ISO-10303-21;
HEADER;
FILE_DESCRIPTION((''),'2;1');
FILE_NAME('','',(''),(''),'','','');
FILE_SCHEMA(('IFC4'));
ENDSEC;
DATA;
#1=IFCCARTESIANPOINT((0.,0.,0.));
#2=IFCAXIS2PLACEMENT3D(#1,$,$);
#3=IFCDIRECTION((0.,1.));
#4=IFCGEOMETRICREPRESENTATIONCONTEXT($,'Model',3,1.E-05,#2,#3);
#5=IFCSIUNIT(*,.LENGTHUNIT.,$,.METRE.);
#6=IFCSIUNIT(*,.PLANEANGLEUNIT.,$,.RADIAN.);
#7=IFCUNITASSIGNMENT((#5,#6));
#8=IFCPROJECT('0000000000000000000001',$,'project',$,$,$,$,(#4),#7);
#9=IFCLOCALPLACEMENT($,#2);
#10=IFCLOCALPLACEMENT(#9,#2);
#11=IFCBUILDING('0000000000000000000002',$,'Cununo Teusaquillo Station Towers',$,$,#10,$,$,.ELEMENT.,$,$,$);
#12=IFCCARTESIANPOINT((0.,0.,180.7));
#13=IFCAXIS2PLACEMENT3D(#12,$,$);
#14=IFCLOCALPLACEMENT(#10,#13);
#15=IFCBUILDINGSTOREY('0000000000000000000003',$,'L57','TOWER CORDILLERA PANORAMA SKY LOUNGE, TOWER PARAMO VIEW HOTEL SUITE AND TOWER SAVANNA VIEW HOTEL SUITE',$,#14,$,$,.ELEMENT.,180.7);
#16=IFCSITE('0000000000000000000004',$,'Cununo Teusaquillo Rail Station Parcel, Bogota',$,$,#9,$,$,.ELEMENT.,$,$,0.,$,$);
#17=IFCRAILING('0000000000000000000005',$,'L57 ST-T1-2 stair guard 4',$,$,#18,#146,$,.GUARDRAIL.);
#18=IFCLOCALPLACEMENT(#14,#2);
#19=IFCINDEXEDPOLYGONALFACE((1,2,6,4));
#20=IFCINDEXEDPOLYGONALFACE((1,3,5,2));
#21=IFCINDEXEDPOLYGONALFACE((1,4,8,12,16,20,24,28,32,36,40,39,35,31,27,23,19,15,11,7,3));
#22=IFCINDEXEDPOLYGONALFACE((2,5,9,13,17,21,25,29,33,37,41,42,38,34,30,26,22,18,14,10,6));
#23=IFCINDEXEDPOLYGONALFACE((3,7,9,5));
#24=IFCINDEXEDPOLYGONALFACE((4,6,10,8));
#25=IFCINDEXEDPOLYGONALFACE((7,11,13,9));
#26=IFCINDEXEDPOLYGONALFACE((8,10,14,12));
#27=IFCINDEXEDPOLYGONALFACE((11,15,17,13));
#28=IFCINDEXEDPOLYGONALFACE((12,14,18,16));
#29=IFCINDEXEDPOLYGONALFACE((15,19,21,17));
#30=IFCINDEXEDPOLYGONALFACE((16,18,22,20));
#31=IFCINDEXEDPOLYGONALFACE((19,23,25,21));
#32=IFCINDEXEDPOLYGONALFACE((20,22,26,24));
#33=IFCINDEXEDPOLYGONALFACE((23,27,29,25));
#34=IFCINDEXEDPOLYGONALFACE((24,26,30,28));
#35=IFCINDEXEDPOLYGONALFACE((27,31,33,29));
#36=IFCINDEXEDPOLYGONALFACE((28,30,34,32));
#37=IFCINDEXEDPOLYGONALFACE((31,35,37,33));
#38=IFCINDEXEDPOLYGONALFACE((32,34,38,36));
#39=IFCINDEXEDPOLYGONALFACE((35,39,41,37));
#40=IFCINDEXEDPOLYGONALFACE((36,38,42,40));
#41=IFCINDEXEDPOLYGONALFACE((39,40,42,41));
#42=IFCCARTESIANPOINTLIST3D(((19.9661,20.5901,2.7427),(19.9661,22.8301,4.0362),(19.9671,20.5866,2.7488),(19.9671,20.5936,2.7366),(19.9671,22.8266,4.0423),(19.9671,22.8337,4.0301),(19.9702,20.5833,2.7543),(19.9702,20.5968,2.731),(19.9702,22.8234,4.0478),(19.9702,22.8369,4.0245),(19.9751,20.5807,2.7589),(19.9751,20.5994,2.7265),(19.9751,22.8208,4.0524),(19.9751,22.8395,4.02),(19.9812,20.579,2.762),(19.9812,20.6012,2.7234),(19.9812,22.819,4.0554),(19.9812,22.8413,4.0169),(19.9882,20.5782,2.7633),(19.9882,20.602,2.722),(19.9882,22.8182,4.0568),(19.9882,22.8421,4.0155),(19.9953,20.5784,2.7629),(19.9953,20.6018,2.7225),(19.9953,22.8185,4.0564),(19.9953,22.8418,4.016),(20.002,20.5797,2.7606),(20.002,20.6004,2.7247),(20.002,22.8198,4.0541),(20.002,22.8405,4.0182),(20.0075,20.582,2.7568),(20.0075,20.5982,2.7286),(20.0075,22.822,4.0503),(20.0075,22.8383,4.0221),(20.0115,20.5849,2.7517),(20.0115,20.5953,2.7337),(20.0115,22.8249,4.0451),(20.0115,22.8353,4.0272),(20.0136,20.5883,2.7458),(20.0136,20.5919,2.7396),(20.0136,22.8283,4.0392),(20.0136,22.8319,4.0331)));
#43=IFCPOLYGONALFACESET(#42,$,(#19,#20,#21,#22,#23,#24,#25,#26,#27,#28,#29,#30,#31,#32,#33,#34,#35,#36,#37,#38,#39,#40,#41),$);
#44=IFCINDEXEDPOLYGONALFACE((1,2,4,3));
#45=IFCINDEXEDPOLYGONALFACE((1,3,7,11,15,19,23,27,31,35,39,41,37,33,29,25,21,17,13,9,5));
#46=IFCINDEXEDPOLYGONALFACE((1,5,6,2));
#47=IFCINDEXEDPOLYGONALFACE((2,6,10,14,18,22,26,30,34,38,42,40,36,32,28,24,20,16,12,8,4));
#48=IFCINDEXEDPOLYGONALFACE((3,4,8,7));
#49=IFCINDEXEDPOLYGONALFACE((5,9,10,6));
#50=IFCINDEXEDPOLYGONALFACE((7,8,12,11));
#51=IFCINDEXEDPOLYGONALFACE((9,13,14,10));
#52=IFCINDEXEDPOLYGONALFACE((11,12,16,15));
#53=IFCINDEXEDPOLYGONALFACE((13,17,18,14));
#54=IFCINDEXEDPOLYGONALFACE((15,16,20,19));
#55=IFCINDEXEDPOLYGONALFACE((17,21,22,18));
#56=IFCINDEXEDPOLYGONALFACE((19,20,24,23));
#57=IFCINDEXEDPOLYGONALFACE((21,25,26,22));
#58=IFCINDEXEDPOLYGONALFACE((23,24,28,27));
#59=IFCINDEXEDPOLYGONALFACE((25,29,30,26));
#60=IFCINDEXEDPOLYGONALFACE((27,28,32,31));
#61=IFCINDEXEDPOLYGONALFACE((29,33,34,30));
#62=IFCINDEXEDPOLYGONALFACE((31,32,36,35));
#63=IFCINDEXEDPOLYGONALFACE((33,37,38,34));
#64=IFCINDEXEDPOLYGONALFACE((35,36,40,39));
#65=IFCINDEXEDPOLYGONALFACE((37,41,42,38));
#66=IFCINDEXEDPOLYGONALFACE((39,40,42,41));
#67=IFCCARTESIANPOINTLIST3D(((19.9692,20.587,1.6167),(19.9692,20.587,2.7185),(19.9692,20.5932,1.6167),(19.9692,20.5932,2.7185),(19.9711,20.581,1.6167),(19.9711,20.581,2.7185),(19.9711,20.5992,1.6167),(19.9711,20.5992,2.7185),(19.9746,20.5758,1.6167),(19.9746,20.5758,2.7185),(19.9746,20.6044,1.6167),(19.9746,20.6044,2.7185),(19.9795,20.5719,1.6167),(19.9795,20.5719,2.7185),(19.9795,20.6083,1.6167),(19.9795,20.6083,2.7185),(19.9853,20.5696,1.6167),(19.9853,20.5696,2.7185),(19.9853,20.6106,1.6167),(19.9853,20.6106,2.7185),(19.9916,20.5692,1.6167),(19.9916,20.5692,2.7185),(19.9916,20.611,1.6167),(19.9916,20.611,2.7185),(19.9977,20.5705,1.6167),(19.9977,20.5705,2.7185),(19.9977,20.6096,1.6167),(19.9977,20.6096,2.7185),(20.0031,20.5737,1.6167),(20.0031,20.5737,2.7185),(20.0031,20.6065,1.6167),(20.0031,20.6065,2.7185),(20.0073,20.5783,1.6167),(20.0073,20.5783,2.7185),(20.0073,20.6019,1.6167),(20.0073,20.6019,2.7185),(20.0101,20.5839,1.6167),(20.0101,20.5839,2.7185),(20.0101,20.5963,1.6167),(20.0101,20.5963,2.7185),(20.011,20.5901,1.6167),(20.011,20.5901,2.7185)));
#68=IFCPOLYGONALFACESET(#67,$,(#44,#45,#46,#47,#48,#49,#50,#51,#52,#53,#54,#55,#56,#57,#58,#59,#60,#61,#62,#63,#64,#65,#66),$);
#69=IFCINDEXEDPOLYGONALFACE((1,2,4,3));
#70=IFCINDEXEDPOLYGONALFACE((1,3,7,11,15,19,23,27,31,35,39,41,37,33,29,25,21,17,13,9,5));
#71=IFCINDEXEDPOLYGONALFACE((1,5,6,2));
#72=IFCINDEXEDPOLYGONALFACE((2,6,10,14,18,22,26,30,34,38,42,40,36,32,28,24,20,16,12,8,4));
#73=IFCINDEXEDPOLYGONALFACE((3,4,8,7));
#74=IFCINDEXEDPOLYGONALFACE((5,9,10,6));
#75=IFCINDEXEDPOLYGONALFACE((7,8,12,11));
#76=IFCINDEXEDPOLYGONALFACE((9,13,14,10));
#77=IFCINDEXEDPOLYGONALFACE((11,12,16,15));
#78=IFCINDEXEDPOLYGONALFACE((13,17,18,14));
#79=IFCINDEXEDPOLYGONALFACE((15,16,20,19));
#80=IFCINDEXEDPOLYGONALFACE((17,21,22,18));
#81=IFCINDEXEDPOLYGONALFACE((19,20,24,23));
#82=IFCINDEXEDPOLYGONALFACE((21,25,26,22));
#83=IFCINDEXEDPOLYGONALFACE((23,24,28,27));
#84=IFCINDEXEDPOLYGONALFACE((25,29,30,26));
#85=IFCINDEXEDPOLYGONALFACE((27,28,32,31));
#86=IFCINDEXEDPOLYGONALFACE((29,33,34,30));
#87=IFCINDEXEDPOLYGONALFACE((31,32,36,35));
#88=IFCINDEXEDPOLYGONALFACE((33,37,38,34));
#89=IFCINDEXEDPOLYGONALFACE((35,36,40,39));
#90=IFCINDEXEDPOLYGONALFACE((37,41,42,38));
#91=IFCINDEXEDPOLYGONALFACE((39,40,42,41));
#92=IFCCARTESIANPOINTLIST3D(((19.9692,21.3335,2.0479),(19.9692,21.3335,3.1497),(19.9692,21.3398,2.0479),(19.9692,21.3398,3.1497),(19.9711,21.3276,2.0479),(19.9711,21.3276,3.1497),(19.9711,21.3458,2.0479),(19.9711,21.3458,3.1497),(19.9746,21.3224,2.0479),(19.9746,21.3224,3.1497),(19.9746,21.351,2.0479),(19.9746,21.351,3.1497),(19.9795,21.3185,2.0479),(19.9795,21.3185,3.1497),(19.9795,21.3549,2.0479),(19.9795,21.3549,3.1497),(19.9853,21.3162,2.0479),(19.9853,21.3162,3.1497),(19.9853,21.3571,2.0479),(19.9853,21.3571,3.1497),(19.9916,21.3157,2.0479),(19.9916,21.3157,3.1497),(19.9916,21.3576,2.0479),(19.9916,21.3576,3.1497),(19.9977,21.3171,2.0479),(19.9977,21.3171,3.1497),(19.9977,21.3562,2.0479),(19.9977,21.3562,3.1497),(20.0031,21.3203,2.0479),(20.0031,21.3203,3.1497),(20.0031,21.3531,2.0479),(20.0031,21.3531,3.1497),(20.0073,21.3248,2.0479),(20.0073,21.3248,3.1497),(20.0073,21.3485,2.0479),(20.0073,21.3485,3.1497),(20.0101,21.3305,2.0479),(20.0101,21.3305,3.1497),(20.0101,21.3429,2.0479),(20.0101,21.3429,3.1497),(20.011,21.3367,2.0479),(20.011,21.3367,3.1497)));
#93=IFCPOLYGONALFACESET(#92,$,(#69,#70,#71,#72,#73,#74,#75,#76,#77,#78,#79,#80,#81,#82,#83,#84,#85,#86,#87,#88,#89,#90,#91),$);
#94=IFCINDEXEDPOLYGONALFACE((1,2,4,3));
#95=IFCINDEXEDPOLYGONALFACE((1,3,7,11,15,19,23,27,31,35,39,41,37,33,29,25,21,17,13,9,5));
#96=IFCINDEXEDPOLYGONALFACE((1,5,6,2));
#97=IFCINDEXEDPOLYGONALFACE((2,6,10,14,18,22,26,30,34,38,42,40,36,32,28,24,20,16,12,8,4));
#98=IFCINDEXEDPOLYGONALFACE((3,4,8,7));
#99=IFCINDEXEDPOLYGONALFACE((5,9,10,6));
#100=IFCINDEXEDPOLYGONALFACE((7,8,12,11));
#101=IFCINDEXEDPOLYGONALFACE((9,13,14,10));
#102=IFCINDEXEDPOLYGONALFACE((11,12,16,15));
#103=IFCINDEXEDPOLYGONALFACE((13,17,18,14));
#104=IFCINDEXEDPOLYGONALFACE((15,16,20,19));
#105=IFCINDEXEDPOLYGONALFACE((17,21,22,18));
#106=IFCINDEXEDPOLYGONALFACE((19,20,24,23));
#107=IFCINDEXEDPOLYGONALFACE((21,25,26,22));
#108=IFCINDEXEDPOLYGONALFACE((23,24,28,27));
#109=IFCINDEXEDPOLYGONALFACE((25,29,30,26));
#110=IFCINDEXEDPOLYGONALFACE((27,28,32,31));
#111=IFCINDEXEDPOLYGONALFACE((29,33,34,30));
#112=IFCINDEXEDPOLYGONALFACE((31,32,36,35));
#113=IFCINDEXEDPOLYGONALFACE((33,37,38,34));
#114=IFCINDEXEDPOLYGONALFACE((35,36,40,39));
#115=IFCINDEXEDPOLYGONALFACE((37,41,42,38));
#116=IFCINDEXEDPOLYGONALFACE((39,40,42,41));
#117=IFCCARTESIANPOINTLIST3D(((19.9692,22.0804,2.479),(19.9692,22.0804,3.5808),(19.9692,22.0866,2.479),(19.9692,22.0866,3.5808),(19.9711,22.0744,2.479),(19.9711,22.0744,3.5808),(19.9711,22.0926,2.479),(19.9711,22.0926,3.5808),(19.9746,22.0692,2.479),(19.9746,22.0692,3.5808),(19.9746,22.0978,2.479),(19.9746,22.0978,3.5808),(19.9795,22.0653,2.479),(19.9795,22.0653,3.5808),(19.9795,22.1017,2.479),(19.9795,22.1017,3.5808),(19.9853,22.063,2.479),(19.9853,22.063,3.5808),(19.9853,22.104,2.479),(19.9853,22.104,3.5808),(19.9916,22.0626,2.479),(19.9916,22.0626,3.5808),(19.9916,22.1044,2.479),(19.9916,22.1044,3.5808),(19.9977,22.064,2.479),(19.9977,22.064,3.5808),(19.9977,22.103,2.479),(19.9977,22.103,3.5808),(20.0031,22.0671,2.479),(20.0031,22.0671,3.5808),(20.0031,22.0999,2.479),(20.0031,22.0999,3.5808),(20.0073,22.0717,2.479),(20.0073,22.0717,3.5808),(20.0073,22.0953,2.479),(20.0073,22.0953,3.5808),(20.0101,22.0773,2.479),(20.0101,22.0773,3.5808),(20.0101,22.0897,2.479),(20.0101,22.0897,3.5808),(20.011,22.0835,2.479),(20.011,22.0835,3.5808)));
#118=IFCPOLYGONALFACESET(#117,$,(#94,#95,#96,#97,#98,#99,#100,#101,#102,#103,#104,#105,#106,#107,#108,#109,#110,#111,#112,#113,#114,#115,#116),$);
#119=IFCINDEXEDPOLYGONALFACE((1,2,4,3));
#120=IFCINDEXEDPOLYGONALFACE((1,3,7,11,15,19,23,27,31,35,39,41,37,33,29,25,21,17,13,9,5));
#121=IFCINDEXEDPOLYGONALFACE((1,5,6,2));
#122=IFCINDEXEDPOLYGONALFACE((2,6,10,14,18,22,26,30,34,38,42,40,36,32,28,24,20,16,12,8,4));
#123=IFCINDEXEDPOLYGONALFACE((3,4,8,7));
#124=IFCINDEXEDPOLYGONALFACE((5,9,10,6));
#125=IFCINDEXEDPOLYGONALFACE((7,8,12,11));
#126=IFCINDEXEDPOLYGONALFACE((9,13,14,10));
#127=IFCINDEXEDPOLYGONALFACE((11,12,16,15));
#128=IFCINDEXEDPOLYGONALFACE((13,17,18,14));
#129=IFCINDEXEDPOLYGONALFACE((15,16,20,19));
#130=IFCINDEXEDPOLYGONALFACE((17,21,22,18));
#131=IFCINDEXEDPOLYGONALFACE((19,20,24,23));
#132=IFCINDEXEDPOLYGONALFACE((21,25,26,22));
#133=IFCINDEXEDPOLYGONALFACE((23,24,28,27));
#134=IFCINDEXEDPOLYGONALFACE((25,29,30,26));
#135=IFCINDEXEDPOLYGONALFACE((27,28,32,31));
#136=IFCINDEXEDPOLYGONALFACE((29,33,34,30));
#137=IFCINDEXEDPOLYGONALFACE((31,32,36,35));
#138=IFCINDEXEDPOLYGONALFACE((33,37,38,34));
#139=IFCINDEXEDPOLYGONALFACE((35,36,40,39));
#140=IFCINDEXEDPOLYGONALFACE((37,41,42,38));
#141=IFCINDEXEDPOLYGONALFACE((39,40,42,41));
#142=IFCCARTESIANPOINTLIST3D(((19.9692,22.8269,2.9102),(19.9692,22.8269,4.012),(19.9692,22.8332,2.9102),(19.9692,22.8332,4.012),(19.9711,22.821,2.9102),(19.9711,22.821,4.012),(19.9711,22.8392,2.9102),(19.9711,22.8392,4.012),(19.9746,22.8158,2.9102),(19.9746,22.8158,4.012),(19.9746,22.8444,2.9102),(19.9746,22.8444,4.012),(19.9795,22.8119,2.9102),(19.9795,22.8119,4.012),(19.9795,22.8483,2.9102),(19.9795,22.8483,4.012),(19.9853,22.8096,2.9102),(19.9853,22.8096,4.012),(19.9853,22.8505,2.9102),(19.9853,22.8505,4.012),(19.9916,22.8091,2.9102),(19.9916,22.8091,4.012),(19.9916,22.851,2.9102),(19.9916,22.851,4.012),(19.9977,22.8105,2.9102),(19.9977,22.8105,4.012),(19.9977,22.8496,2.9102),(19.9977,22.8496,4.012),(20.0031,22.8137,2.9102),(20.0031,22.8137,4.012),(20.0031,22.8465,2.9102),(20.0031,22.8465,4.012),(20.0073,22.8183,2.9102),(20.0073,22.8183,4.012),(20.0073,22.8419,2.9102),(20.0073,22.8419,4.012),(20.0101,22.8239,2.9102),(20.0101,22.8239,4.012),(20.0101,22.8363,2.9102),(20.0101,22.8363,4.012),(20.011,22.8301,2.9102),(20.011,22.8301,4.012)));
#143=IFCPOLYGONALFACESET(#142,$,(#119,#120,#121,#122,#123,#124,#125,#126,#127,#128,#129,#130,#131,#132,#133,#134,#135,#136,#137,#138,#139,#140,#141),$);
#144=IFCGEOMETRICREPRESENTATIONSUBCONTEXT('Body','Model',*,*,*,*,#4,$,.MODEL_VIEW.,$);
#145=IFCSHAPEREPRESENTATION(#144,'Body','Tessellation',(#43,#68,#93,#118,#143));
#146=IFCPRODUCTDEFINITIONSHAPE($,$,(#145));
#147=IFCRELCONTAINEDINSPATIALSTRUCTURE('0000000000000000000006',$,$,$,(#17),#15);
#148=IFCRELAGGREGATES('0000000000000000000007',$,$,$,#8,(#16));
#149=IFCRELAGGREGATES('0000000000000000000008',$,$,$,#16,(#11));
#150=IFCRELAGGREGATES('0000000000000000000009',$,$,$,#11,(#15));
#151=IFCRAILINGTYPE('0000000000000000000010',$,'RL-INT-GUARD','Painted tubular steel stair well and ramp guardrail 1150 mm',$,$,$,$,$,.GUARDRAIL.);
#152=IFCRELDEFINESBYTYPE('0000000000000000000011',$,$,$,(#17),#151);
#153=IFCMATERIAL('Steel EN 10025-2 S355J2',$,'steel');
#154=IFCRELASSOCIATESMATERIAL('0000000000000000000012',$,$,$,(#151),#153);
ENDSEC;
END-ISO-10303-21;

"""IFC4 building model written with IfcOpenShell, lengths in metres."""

from ifc_helpers import new_model, si_unit, direction, frame, origin, origin_2d, place, context, subcontext, project, spatial, circle, extrude, material, type_object, element, save


model = new_model("IFC4")

# Units and contexts
model_context = context("Model", 3, precision=1e-05, world=origin(), true_north=direction((0.0, 1.0)))
body_context = subcontext(model_context, "Body", "Model", "MODEL_VIEW")
ifc_project = project(units=[si_unit("LENGTHUNIT", "METRE"), si_unit("PLANEANGLEUNIT", "RADIAN")], contexts=[model_context])

# Site, building, storey
site_placement = place(None, origin())
site = spatial("IfcSite", under=ifc_project, at=site_placement, Name="Cununo Teusaquillo Rail Station Parcel, Bogota", CompositionType="ELEMENT", RefElevation=0.0)
building_placement = place(site_placement, origin())
building = spatial("IfcBuilding", under=site, at=building_placement, Name="Cununo Teusaquillo Station Towers", CompositionType="ELEMENT")
storey_placement = place(building_placement, frame((0.0, 0.0, 180.7)))
storey = spatial("IfcBuildingStorey", under=building, at=storey_placement, Name="L57", Description="TOWER CORDILLERA PANORAMA SKY LOUNGE, TOWER PARAMO VIEW HOTEL SUITE AND TOWER SAVANNA VIEW HOTEL SUITE", CompositionType="ELEMENT", Elevation=180.7)

# Railing
ifc_material_1 = material(Name="Steel EN 10025-2 S355J2", Category="steel")
railing_type_1 = type_object("IfcRailingType", Name="RL-INT-GUARD", Description="Painted tubular steel stair well and ramp guardrail 1150 mm", PredefinedType="GUARDRAIL", material=ifc_material_1)
railing_1_placement = place(storey_placement, frame((19.99, 20.5901, 1.6167)))
element("IfcRailing", 1, at=railing_1_placement, inside=storey, type_object=railing_type_1, Name="L57 ST-T1-2 stair guard 4", PredefinedType="GUARDRAIL", context=body_context, shape_type="SweptSolid", body=[
    extrude(circle(Radius=0.0239, at=origin_2d()), frame((0.0, 0.0, 1.126), z_axis=(0.0, 0.865992, 0.500057), x_axis=(-1.0, 0.0, 0.0)), (0.0, 0.0, 1.0), 2.5867),
    extrude(circle(Radius=0.021, at=origin_2d()), origin(), (0.0, 0.0, 1.0), 1.1018),
    extrude(circle(Radius=0.021, at=origin_2d()), frame((0.0, 0.7466, 0.4312)), (0.0, 0.0, 1.0), 1.1018),
    extrude(circle(Radius=0.021, at=origin_2d()), frame((0.0, 1.4934, 0.8623)), (0.0, 0.0, 1.0), 1.1018),
    extrude(circle(Radius=0.021, at=origin_2d()), frame((0.0, 2.24, 1.2935)), (0.0, 0.0, 1.0), 1.1018),
])

save(model, "model.ifc")
